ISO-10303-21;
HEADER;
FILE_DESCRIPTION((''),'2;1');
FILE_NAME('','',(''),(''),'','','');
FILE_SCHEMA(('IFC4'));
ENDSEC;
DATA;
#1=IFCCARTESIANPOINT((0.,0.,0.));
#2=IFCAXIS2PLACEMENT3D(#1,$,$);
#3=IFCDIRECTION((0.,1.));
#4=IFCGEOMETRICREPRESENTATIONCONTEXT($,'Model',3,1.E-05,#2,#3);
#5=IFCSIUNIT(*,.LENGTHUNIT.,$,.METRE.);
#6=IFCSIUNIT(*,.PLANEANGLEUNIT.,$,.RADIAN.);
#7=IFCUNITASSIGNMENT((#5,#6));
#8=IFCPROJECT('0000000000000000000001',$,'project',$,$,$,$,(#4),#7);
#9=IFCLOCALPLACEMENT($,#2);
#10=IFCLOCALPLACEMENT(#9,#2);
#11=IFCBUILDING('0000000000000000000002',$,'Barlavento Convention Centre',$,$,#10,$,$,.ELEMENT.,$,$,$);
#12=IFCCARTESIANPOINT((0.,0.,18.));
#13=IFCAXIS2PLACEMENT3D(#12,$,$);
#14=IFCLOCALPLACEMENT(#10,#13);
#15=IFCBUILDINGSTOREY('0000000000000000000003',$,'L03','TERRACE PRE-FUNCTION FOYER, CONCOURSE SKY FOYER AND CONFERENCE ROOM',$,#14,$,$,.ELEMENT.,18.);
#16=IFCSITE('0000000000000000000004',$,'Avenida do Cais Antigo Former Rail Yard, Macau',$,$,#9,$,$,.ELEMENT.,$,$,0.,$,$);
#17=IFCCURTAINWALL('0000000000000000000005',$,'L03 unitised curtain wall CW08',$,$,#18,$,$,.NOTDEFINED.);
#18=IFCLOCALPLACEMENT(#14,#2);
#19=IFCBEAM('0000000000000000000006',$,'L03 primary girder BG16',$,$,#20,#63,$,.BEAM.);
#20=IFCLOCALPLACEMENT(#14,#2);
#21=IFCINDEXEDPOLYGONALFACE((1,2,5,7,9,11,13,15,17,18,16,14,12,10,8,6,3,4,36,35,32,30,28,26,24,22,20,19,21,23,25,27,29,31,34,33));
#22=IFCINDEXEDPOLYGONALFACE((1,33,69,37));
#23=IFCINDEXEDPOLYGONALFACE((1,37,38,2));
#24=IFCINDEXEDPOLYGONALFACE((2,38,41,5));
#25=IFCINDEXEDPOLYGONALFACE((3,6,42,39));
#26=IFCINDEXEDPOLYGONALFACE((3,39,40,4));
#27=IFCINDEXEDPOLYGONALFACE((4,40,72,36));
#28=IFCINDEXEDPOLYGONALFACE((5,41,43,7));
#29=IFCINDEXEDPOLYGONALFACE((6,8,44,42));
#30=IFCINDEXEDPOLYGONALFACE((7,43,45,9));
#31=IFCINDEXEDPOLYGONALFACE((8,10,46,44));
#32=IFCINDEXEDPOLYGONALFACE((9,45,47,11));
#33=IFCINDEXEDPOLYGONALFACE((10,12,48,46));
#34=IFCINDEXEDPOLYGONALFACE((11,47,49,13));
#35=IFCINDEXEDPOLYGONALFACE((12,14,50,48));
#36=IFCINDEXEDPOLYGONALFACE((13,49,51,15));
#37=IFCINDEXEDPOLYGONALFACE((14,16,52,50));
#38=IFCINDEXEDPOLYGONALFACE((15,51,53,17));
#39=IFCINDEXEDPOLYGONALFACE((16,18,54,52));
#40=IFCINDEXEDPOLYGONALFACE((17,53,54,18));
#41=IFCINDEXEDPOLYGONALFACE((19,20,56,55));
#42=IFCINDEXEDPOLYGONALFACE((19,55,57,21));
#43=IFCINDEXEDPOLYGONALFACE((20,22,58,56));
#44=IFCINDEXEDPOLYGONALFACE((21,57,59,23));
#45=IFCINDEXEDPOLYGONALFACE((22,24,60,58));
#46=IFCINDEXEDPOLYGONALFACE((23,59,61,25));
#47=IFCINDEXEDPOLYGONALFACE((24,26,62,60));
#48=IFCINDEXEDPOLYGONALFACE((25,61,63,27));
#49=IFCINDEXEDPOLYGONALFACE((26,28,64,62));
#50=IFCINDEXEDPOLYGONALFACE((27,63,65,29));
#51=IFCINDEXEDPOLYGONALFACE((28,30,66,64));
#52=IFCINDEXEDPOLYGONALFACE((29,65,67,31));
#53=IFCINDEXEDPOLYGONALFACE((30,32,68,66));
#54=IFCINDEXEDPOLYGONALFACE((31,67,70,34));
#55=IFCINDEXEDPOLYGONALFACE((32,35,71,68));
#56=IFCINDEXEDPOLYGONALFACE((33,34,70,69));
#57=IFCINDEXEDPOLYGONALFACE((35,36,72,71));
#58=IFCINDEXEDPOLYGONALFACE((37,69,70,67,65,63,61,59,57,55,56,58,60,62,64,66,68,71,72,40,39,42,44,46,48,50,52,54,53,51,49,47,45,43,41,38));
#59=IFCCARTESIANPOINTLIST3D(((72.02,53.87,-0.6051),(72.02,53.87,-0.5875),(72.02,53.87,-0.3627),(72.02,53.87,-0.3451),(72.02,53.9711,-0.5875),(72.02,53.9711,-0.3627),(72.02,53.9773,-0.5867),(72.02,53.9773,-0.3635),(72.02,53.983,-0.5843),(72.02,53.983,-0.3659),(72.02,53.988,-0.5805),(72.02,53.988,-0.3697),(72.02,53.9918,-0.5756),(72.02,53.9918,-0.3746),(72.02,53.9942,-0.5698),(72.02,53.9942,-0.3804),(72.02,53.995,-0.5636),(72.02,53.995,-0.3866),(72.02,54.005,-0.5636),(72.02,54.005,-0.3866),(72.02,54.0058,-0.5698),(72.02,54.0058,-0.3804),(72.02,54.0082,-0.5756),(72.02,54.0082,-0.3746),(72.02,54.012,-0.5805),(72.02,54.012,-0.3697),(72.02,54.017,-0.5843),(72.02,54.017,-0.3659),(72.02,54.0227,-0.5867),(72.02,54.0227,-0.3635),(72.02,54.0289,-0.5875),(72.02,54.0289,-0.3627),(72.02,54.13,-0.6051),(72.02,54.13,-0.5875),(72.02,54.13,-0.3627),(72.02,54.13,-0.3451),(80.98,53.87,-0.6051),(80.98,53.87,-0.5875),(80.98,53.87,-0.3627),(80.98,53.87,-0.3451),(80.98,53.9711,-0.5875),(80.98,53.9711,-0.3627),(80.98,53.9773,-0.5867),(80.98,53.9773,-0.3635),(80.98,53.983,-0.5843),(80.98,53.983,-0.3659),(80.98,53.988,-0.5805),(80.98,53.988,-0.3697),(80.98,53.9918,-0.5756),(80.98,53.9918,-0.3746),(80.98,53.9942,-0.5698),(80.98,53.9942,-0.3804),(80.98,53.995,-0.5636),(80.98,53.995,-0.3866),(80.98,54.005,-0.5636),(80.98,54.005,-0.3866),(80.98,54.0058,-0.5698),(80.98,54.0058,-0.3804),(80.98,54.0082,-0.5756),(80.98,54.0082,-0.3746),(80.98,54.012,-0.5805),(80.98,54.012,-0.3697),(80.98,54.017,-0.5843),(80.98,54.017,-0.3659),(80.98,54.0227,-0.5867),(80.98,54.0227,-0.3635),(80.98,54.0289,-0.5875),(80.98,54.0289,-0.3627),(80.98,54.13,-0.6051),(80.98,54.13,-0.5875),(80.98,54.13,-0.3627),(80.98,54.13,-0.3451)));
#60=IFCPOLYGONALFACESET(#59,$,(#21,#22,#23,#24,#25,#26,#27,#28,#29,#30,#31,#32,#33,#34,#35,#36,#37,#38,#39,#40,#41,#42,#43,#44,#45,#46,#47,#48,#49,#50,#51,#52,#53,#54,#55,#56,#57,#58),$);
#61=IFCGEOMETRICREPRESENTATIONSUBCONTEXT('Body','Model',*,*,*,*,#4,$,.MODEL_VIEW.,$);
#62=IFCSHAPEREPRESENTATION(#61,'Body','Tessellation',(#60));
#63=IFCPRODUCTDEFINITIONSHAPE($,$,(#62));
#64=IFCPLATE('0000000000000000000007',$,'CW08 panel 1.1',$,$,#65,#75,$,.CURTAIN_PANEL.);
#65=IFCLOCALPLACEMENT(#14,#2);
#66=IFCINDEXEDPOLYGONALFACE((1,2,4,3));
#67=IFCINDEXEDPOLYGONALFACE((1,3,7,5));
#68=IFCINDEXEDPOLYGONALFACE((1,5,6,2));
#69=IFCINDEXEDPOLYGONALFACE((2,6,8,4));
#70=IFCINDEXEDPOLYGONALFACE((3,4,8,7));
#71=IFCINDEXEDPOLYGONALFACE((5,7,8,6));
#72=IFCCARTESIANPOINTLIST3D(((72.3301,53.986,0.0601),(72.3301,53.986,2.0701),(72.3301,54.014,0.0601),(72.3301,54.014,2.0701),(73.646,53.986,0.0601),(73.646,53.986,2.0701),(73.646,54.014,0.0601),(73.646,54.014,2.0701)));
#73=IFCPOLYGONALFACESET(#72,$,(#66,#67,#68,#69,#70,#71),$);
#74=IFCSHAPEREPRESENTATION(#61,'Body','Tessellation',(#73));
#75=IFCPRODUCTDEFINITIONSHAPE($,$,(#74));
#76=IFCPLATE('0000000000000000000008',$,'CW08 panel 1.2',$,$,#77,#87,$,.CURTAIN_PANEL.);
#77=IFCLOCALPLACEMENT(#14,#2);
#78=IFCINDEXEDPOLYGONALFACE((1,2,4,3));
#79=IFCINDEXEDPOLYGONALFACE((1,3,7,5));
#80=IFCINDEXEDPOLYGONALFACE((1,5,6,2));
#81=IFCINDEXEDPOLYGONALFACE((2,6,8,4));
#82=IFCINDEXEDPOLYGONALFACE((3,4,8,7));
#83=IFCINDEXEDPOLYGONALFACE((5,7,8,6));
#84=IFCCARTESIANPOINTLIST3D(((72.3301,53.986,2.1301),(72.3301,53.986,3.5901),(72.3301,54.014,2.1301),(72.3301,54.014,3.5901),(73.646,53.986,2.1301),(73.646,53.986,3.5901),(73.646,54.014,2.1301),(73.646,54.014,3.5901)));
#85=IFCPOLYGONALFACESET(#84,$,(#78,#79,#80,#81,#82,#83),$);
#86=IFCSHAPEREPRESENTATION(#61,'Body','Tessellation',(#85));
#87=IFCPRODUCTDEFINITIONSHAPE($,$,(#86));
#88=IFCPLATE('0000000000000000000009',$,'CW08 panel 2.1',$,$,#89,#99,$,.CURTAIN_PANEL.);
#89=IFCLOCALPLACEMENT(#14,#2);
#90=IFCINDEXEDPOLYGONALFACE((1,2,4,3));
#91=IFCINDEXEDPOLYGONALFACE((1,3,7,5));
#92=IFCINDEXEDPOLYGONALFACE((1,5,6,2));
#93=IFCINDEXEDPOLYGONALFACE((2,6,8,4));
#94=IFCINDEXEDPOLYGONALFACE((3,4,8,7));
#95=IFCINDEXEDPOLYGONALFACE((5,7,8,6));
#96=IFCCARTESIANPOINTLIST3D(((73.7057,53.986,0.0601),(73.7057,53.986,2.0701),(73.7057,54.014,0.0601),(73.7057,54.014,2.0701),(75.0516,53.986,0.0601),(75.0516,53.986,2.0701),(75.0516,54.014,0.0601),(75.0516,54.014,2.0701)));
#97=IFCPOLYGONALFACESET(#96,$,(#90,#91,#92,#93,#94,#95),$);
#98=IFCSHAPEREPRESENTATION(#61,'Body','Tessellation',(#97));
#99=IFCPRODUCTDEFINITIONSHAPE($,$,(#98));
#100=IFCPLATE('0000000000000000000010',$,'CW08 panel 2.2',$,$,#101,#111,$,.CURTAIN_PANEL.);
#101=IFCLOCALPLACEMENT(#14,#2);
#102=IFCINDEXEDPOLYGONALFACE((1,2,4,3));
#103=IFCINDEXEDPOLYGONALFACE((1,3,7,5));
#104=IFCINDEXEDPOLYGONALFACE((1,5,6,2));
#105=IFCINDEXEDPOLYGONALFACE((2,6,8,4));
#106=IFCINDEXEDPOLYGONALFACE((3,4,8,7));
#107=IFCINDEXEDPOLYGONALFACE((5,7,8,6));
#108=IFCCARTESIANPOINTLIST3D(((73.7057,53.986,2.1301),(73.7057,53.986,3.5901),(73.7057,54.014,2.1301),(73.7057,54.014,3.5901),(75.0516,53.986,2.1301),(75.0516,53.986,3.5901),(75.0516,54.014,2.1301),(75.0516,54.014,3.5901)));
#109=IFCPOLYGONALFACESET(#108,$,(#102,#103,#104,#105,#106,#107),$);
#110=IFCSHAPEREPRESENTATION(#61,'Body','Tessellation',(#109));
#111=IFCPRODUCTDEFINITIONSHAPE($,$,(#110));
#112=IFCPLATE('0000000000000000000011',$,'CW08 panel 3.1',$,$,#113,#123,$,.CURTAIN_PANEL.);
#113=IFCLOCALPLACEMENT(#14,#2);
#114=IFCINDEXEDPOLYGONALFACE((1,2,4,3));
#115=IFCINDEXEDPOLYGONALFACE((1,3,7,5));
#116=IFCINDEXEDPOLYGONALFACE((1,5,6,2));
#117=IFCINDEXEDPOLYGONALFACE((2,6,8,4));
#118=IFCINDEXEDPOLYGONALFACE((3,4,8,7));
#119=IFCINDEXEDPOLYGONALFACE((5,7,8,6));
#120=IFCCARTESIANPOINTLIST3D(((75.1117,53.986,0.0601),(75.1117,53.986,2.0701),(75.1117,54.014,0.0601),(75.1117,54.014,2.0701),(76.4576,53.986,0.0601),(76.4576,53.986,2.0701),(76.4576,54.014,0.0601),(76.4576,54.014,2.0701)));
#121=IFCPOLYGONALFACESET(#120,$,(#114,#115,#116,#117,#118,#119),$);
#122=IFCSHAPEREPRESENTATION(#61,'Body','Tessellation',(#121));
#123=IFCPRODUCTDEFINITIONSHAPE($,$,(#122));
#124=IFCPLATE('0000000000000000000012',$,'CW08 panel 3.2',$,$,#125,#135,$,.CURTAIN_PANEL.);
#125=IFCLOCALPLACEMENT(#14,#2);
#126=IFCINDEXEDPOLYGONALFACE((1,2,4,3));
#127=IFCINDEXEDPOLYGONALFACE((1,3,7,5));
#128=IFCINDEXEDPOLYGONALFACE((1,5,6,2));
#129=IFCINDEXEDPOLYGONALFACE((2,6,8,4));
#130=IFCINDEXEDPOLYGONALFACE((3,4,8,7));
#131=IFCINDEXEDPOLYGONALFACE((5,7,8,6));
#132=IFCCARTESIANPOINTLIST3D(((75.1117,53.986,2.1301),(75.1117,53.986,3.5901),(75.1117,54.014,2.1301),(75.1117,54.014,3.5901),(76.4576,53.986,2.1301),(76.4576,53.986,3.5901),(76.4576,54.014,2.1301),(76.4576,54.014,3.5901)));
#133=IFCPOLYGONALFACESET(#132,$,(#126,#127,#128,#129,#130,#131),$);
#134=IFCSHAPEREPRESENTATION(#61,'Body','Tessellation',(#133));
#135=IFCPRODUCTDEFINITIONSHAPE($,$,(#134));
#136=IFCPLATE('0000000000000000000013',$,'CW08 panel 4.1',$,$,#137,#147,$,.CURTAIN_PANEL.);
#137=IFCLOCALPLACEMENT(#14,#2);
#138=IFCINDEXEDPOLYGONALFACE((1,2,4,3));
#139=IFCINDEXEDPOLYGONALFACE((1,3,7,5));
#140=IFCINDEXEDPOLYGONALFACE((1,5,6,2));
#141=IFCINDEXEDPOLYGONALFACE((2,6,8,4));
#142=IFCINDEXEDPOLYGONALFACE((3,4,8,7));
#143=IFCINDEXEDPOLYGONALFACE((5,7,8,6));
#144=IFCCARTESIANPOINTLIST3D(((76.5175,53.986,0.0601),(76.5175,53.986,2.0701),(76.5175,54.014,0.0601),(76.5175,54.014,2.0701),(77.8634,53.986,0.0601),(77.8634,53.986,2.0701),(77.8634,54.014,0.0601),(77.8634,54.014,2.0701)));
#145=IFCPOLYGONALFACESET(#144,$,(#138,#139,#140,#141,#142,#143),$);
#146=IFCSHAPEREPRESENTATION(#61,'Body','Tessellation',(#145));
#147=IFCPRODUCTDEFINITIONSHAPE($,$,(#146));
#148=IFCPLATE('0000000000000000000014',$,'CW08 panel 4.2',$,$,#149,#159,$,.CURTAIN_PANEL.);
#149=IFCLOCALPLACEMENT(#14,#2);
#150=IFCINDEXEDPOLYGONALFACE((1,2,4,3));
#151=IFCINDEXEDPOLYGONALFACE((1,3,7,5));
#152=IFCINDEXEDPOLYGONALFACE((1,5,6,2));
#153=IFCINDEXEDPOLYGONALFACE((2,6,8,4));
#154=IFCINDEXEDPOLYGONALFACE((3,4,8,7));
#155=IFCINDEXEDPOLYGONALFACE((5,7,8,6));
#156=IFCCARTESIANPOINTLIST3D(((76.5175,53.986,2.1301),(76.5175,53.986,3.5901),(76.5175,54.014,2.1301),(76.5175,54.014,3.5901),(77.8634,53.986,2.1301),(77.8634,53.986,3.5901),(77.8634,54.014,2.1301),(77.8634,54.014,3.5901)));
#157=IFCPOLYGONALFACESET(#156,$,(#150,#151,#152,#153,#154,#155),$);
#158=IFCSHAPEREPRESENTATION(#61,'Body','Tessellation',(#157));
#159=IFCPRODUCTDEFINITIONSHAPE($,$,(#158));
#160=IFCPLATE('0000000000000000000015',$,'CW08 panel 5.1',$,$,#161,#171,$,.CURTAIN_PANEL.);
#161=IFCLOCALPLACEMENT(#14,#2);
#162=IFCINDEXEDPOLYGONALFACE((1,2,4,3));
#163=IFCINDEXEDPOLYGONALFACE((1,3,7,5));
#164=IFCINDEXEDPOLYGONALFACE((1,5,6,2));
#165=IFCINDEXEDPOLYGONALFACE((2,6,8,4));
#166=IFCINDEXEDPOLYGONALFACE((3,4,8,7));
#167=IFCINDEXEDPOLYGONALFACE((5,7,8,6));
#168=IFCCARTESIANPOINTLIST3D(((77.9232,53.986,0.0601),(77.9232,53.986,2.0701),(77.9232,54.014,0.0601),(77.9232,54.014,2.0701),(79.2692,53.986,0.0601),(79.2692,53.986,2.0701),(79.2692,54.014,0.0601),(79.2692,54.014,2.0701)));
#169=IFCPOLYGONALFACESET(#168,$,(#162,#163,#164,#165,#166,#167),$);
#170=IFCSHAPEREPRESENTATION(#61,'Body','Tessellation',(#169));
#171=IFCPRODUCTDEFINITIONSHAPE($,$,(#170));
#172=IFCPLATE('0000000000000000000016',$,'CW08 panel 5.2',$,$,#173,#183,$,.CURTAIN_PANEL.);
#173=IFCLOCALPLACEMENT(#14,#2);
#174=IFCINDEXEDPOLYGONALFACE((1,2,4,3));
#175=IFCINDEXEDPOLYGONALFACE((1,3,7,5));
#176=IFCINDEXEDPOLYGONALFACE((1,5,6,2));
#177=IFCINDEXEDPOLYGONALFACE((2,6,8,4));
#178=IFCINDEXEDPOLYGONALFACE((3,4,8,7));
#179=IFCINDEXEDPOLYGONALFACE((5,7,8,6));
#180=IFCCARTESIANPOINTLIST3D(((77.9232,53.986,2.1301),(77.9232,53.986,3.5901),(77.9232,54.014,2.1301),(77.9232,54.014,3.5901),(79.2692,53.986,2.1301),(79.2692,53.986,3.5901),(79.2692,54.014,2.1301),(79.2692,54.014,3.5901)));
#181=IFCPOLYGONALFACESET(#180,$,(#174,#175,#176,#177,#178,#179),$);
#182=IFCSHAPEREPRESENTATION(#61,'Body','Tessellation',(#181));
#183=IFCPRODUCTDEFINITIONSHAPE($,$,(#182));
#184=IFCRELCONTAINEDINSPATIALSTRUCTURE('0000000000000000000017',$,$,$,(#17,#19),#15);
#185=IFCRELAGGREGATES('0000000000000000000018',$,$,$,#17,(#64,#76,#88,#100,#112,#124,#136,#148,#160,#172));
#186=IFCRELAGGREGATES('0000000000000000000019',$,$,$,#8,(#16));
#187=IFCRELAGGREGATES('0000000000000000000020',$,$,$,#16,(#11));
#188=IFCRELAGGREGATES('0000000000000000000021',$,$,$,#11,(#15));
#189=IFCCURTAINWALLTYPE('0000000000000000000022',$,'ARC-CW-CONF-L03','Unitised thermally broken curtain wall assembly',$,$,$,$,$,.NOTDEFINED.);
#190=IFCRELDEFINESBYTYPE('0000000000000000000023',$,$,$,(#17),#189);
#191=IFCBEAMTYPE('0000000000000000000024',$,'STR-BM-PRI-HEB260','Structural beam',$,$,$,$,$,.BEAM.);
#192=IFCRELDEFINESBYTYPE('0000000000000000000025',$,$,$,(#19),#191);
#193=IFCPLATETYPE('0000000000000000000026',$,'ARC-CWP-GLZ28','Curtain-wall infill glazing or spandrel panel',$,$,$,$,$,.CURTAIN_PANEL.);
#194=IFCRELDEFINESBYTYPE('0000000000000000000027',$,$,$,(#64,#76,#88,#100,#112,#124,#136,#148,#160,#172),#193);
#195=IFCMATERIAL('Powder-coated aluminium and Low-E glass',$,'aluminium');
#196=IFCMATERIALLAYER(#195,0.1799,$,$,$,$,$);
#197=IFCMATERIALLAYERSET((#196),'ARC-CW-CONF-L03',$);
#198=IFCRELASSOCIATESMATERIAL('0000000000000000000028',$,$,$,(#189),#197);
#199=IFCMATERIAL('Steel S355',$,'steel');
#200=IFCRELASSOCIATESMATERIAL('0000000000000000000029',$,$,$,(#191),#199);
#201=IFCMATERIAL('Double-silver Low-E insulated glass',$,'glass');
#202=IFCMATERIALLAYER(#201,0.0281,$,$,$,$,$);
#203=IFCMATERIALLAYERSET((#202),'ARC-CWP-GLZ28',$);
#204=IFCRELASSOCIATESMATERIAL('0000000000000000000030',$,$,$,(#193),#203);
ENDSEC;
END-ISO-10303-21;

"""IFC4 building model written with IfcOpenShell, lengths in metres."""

from ifc_helpers import new_model, si_unit, direction, frame, origin, origin_2d, place, context, subcontext, project, spatial, rectangle, i_section, extrude, material, layer, layer_set, material_profile, profile_set, type_object, element, aggregate, save


model = new_model("IFC4")

# Units and contexts
model_context = context("Model", 3, precision=1e-05, world=origin(), true_north=direction((0.0, 1.0)))
body_context = subcontext(model_context, "Body", "Model", "MODEL_VIEW")
ifc_project = project(units=[si_unit("LENGTHUNIT", "METRE"), si_unit("PLANEANGLEUNIT", "RADIAN")], contexts=[model_context])

# Site, building, storey
site_placement = place(None, origin())
site = spatial("IfcSite", under=ifc_project, at=site_placement, Name="Avenida do Cais Antigo Former Rail Yard, Macau", CompositionType="ELEMENT", RefElevation=0.0)
building_placement = place(site_placement, origin())
building = spatial("IfcBuilding", under=site, at=building_placement, Name="Barlavento Convention Centre", CompositionType="ELEMENT")
storey_placement = place(building_placement, frame((0.0, 0.0, 18.0)))
storey = spatial("IfcBuildingStorey", under=building, at=storey_placement, Name="L03", Description="TERRACE PRE-FUNCTION FOYER, CONCOURSE SKY FOYER AND CONFERENCE ROOM", CompositionType="ELEMENT", Elevation=18.0)

# Curtain wall
ifc_material_1 = material(Name="Powder-coated aluminium and Low-E glass", Category="aluminium")
ifc_layer_1 = layer(ifc_material_1, 0.1799)
ifc_layer_set_1 = layer_set([ifc_layer_1], Name="ARC-CW-CONF-L03")
curtain_wall_type = type_object("IfcCurtainWallType", Name="ARC-CW-CONF-L03", Description="Unitised thermally broken curtain wall assembly", PredefinedType="NOTDEFINED", material=ifc_layer_set_1)
curtain_wall_placement = place(storey_placement, origin())
curtain_wall = element("IfcCurtainWall", 1, at=curtain_wall_placement, inside=storey, type_object=curtain_wall_type, Name="L03 unitised curtain wall CW08", PredefinedType="NOTDEFINED")

# Beam
ifc_material_2 = material(Name="Steel S355", Category="steel")
ifc_material_profile_1 = material_profile(ifc_material_2, i_section(OverallWidth=0.26, OverallDepth=0.26, WebThickness=0.01, FlangeThickness=0.0176, FilletRadius=0.0239, at=origin_2d()), Name="HEB 260")
ifc_profile_set_1 = profile_set([ifc_material_profile_1], Name="Steel S355")
beam_type = type_object("IfcBeamType", Name="STR-BM-PRI-HEB260", Description="Structural beam", PredefinedType="BEAM", material=ifc_profile_set_1)
beam_placement = place(storey_placement, frame((72.02, 54.0, -0.4751), z_axis=(1.0, 0.0, 0.0), x_axis=(0.0, 1.0, 0.0)))
element("IfcBeam", 2, at=beam_placement, inside=storey, type_object=beam_type, Name="L03 primary girder BG16", PredefinedType="BEAM", context=body_context, shape_type="SweptSolid", body=[
    extrude(i_section(OverallWidth=0.26, OverallDepth=0.26, WebThickness=0.01, FlangeThickness=0.0176, FilletRadius=0.0239, at=origin_2d()), origin(), (0.0, 0.0, 1.0), 8.96),
])

# Plates
ifc_material_3 = material(Name="Double-silver Low-E insulated glass", Category="glass")
ifc_layer_2 = layer(ifc_material_3, 0.0281)
ifc_layer_set_2 = layer_set([ifc_layer_2], Name="ARC-CWP-GLZ28")
plate_type = type_object("IfcPlateType", Name="ARC-CWP-GLZ28", Description="Curtain-wall infill glazing or spandrel panel", PredefinedType="CURTAIN_PANEL", material=ifc_layer_set_2)
plate_1_placement = place(storey_placement, frame((72.988, 54.0, 0.0601), z_axis=(0.0, 0.0, 1.0), x_axis=(1.0, 0.0, 0.0)))
plate_1 = element("IfcPlate", 3, at=plate_1_placement, type_object=plate_type, Name="CW08 panel 1.1", PredefinedType="CURTAIN_PANEL", context=body_context, shape_type="SweptSolid", body=[
    extrude(rectangle(XDim=1.3159, YDim=0.0281, at=origin_2d()), origin(), (0.0, 0.0, 1.0), 2.01),
])
plate_2_placement = place(storey_placement, frame((72.988, 54.0, 2.1301), z_axis=(0.0, 0.0, 1.0), x_axis=(1.0, 0.0, 0.0)))
plate_2 = element("IfcPlate", 4, at=plate_2_placement, type_object=plate_type, Name="CW08 panel 1.2", PredefinedType="CURTAIN_PANEL", context=body_context, shape_type="SweptSolid", body=[
    extrude(rectangle(XDim=1.3159, YDim=0.0281, at=origin_2d()), origin(), (0.0, 0.0, 1.0), 1.46),
])
plate_3_placement = place(storey_placement, frame((74.3787, 54.0, 0.0601), z_axis=(0.0, 0.0, 1.0), x_axis=(1.0, 0.0, 0.0)))
plate_3 = element("IfcPlate", 5, at=plate_3_placement, type_object=plate_type, Name="CW08 panel 2.1", PredefinedType="CURTAIN_PANEL", context=body_context, shape_type="SweptSolid", body=[
    extrude(rectangle(XDim=1.3459, YDim=0.0281, at=origin_2d()), origin(), (0.0, 0.0, 1.0), 2.01),
])
plate_4_placement = place(storey_placement, frame((74.3787, 54.0, 2.1301), z_axis=(0.0, 0.0, 1.0), x_axis=(1.0, 0.0, 0.0)))
plate_4 = element("IfcPlate", 6, at=plate_4_placement, type_object=plate_type, Name="CW08 panel 2.2", PredefinedType="CURTAIN_PANEL", context=body_context, shape_type="SweptSolid", body=[
    extrude(rectangle(XDim=1.3459, YDim=0.0281, at=origin_2d()), origin(), (0.0, 0.0, 1.0), 1.46),
])
plate_5_placement = place(storey_placement, frame((75.7847, 54.0, 0.0601), z_axis=(0.0, 0.0, 1.0), x_axis=(1.0, 0.0, 0.0)))
plate_5 = element("IfcPlate", 7, at=plate_5_placement, type_object=plate_type, Name="CW08 panel 3.1", PredefinedType="CURTAIN_PANEL", context=body_context, shape_type="SweptSolid", body=[
    extrude(rectangle(XDim=1.3459, YDim=0.0281, at=origin_2d()), origin(), (0.0, 0.0, 1.0), 2.01),
])
plate_6_placement = place(storey_placement, frame((75.7847, 54.0, 2.1301), z_axis=(0.0, 0.0, 1.0), x_axis=(1.0, 0.0, 0.0)))
plate_6 = element("IfcPlate", 8, at=plate_6_placement, type_object=plate_type, Name="CW08 panel 3.2", PredefinedType="CURTAIN_PANEL", context=body_context, shape_type="SweptSolid", body=[
    extrude(rectangle(XDim=1.3459, YDim=0.0281, at=origin_2d()), origin(), (0.0, 0.0, 1.0), 1.46),
])
plate_7_placement = place(storey_placement, frame((77.1904, 54.0, 0.0601), z_axis=(0.0, 0.0, 1.0), x_axis=(1.0, 0.0, 0.0)))
plate_7 = element("IfcPlate", 9, at=plate_7_placement, type_object=plate_type, Name="CW08 panel 4.1", PredefinedType="CURTAIN_PANEL", context=body_context, shape_type="SweptSolid", body=[
    extrude(rectangle(XDim=1.3459, YDim=0.0281, at=origin_2d()), origin(), (0.0, 0.0, 1.0), 2.01),
])
plate_8_placement = place(storey_placement, frame((77.1904, 54.0, 2.1301), z_axis=(0.0, 0.0, 1.0), x_axis=(1.0, 0.0, 0.0)))
plate_8 = element("IfcPlate", 10, at=plate_8_placement, type_object=plate_type, Name="CW08 panel 4.2", PredefinedType="CURTAIN_PANEL", context=body_context, shape_type="SweptSolid", body=[
    extrude(rectangle(XDim=1.3459, YDim=0.0281, at=origin_2d()), origin(), (0.0, 0.0, 1.0), 1.46),
])
plate_9_placement = place(storey_placement, frame((78.5962, 54.0, 0.0601), z_axis=(0.0, 0.0, 1.0), x_axis=(1.0, 0.0, 0.0)))
plate_9 = element("IfcPlate", 11, at=plate_9_placement, type_object=plate_type, Name="CW08 panel 5.1", PredefinedType="CURTAIN_PANEL", context=body_context, shape_type="SweptSolid", body=[
    extrude(rectangle(XDim=1.3459, YDim=0.0281, at=origin_2d()), origin(), (0.0, 0.0, 1.0), 2.01),
])
plate_10_placement = place(storey_placement, frame((78.5962, 54.0, 2.1301), z_axis=(0.0, 0.0, 1.0), x_axis=(1.0, 0.0, 0.0)))
plate_10 = element("IfcPlate", 12, at=plate_10_placement, type_object=plate_type, Name="CW08 panel 5.2", PredefinedType="CURTAIN_PANEL", context=body_context, shape_type="SweptSolid", body=[
    extrude(rectangle(XDim=1.3459, YDim=0.0281, at=origin_2d()), origin(), (0.0, 0.0, 1.0), 1.46),
])
aggregate(curtain_wall, [plate_1, plate_2, plate_3, plate_4, plate_5, plate_6, plate_7, plate_8, plate_9, plate_10])

save(model, "model.ifc")
